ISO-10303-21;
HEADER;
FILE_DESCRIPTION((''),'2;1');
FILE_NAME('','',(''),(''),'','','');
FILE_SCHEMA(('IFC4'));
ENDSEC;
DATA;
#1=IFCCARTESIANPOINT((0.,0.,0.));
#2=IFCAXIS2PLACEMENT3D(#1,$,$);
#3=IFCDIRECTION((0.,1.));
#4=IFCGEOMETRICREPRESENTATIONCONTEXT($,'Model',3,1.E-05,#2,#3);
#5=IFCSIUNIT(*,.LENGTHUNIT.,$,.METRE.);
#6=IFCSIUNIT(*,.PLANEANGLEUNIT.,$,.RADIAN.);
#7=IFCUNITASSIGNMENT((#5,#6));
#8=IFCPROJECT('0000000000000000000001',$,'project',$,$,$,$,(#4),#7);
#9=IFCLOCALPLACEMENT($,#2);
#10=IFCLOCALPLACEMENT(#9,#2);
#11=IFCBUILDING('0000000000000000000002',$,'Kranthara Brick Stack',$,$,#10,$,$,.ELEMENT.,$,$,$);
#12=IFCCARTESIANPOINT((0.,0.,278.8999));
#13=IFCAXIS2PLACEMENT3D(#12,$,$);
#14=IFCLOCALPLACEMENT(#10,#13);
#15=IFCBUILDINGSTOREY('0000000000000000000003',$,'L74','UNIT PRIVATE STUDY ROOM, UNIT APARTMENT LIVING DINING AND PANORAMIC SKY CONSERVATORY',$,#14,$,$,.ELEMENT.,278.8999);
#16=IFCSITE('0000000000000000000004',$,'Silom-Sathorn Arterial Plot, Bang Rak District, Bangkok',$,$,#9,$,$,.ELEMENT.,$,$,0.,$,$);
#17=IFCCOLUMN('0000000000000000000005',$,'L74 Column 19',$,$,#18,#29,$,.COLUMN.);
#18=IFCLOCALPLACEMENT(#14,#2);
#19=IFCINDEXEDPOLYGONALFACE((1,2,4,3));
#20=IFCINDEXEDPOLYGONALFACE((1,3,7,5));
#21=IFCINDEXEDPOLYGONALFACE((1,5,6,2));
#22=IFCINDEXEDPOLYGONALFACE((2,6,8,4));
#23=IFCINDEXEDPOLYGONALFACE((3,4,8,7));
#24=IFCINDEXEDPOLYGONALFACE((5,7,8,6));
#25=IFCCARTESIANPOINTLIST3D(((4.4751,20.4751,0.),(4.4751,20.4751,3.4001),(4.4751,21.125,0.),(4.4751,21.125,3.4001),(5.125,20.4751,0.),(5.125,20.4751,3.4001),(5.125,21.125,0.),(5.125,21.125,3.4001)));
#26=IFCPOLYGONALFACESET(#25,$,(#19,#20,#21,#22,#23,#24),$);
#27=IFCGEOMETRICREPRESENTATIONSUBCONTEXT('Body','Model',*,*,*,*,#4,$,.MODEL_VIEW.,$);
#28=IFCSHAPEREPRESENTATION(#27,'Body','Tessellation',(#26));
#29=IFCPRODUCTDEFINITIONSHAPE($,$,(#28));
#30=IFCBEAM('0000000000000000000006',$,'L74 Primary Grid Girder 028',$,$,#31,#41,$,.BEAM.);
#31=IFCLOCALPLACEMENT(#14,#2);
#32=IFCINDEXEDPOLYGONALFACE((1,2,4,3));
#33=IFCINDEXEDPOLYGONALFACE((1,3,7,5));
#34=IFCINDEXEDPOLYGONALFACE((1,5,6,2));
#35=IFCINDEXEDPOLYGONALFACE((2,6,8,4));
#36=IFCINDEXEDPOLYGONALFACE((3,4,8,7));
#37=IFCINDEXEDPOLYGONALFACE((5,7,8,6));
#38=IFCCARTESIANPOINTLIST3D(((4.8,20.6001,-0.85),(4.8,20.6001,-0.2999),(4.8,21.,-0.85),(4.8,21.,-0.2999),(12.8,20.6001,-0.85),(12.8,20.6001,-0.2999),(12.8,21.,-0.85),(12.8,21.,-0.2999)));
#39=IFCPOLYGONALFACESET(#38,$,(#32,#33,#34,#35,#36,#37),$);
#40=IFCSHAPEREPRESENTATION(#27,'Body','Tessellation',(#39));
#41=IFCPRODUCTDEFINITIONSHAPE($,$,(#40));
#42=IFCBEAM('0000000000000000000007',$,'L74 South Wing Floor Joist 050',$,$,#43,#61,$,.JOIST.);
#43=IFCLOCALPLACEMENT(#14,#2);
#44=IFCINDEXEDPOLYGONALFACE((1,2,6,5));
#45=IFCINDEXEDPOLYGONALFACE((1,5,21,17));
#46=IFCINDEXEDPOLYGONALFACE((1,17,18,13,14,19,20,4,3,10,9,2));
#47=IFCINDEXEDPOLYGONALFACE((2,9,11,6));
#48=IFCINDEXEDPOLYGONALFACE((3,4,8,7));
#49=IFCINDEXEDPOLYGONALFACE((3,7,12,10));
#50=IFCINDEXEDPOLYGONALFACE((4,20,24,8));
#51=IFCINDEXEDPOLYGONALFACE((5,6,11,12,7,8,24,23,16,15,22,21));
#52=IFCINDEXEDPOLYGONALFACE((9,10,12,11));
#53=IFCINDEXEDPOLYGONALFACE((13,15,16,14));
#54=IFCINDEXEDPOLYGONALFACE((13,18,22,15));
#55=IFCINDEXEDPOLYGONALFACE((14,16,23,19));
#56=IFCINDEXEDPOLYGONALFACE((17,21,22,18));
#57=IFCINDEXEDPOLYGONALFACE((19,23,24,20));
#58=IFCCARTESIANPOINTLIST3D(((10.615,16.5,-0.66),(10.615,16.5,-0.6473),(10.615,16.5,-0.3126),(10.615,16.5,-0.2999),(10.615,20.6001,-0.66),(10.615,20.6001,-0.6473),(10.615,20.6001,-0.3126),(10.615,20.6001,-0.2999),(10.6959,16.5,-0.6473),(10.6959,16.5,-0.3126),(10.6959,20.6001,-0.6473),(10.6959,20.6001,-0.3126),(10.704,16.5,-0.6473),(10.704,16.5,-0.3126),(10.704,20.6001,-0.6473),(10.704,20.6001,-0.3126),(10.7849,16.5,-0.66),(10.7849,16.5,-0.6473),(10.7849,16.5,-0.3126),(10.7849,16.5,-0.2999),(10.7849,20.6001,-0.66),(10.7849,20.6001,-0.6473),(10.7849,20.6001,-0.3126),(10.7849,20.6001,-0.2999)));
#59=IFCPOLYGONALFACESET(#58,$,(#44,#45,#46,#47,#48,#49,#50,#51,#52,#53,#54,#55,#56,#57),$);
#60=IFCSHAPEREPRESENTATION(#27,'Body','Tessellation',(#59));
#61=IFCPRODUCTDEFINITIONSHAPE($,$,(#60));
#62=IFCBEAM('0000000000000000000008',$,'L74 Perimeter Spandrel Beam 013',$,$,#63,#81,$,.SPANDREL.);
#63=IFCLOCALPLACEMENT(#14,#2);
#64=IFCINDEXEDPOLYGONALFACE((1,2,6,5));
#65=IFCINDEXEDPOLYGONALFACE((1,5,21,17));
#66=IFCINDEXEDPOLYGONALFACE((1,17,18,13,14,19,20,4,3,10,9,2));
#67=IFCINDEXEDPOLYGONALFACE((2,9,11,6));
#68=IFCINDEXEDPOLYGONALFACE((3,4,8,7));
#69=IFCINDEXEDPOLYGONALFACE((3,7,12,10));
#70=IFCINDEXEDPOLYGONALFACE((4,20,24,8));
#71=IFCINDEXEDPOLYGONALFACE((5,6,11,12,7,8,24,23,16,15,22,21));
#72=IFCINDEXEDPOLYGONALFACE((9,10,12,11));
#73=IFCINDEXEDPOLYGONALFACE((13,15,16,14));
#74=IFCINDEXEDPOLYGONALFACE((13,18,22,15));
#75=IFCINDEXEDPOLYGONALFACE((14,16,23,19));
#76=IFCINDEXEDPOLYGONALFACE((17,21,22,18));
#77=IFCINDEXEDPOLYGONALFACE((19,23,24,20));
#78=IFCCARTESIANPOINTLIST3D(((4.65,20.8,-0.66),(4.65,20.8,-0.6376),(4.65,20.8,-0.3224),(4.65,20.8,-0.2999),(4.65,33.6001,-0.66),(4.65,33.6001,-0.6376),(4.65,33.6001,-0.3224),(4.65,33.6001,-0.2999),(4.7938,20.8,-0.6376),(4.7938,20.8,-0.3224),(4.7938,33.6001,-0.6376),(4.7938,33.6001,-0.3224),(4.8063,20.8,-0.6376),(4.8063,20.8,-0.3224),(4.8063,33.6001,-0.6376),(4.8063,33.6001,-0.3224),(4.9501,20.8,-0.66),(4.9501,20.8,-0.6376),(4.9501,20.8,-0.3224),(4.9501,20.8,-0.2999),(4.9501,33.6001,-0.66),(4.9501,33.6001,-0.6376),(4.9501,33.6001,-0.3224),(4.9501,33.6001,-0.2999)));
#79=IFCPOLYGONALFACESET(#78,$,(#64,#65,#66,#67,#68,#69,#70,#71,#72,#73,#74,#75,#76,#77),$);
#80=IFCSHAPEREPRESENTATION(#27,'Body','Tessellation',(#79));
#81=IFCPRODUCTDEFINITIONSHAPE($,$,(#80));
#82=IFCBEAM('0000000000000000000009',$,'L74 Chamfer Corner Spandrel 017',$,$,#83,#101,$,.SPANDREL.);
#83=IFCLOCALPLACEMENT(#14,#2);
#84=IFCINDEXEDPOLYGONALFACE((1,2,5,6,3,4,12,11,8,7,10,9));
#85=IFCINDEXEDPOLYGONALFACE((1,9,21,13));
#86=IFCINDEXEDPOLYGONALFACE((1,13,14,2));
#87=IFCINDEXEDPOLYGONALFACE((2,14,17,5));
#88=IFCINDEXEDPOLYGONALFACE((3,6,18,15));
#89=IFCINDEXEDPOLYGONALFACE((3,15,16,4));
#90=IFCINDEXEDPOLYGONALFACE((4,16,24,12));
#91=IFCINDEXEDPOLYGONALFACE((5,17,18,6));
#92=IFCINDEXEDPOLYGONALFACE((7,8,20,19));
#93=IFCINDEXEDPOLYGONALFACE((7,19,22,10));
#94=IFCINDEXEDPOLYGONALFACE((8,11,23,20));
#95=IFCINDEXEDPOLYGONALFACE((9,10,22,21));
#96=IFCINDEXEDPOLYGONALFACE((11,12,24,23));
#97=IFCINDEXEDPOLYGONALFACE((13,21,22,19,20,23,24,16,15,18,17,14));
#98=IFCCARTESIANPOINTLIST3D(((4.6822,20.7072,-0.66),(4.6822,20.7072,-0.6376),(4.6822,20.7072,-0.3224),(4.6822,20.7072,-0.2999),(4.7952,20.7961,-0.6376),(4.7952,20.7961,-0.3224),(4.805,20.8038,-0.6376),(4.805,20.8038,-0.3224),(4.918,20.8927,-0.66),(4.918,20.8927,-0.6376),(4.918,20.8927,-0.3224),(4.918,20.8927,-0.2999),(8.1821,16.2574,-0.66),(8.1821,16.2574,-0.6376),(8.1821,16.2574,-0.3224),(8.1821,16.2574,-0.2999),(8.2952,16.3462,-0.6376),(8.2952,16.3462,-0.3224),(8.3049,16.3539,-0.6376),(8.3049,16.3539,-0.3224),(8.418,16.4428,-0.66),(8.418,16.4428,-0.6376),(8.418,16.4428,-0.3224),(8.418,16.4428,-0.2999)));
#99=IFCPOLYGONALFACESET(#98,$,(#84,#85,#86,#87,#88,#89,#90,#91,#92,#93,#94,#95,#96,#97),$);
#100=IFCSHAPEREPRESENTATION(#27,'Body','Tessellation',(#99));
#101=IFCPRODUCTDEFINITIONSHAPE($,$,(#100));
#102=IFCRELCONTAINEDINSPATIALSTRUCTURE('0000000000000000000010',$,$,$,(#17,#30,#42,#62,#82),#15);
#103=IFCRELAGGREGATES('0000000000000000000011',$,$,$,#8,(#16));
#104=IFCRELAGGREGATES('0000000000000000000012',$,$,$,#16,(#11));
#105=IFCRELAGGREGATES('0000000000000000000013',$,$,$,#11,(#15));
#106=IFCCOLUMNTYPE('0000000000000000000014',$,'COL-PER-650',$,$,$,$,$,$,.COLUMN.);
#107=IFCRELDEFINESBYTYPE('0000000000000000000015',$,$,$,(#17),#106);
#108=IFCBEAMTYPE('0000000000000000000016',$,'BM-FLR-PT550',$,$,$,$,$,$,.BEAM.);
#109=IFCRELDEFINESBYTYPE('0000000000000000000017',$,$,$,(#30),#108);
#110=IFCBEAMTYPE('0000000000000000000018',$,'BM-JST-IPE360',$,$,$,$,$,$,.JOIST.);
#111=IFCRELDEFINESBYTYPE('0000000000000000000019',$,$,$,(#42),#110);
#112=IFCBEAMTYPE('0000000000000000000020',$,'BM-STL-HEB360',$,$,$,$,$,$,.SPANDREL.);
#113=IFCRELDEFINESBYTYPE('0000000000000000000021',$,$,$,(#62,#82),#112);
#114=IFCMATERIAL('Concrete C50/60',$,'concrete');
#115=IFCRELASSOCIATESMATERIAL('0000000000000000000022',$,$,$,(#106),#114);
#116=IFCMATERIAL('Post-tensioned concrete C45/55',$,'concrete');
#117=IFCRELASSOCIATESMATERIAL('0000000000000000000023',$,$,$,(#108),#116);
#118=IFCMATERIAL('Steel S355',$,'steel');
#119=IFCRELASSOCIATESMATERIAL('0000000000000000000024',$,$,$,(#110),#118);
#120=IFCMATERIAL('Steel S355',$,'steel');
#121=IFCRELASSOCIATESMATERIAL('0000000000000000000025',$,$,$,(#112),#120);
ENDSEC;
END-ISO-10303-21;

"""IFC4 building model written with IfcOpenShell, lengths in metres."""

from ifc_helpers import new_model, si_unit, direction, frame, origin, origin_2d, place, context, subcontext, project, spatial, rectangle, i_section, extrude, material, material_profile, profile_set, type_object, element, save


model = new_model("IFC4")

# Units and contexts
model_context = context("Model", 3, precision=1e-05, world=origin(), true_north=direction((0.0, 1.0)))
body_context = subcontext(model_context, "Body", "Model", "MODEL_VIEW")
ifc_project = project(units=[si_unit("LENGTHUNIT", "METRE"), si_unit("PLANEANGLEUNIT", "RADIAN")], contexts=[model_context])

# Site, building, storey
site_placement = place(None, origin())
site = spatial("IfcSite", under=ifc_project, at=site_placement, Name="Silom-Sathorn Arterial Plot, Bang Rak District, Bangkok", CompositionType="ELEMENT", RefElevation=0.0)
building_placement = place(site_placement, origin())
building = spatial("IfcBuilding", under=site, at=building_placement, Name="Kranthara Brick Stack", CompositionType="ELEMENT")
storey_placement = place(building_placement, frame((0.0, 0.0, 278.8999)))
storey = spatial("IfcBuildingStorey", under=building, at=storey_placement, Name="L74", Description="UNIT PRIVATE STUDY ROOM, UNIT APARTMENT LIVING DINING AND PANORAMIC SKY CONSERVATORY", CompositionType="ELEMENT", Elevation=278.8999)

# Column
ifc_material_1 = material(Name="Concrete C50/60", Category="concrete")
ifc_material_profile_1 = material_profile(ifc_material_1, rectangle(XDim=0.6499, YDim=0.6499, at=origin_2d()), Name="RC 650x650")
ifc_profile_set_1 = profile_set([ifc_material_profile_1], Name="Concrete C50/60")
column_type = type_object("IfcColumnType", Name="COL-PER-650", PredefinedType="COLUMN", material=ifc_profile_set_1)
column_placement = place(storey_placement, frame((4.8, 20.8, 0.0), z_axis=(0.0, 0.0, 1.0), x_axis=(1.0, 0.0, 0.0)))
element("IfcColumn", 1, at=column_placement, inside=storey, type_object=column_type, Name="L74 Column 19", PredefinedType="COLUMN", context=body_context, shape_type="SweptSolid", body=[
    extrude(rectangle(XDim=0.6499, YDim=0.6499, at=origin_2d()), origin(), (0.0, 0.0, 1.0), 3.4001),
])

# Beams
ifc_material_2 = material(Name="Post-tensioned concrete C45/55", Category="concrete")
ifc_material_profile_2 = material_profile(ifc_material_2, rectangle(XDim=0.3999, YDim=0.55, at=origin_2d()), Name="PT 400x550")
ifc_profile_set_2 = profile_set([ifc_material_profile_2], Name="Post-tensioned concrete C45/55")
beam_type_1 = type_object("IfcBeamType", Name="BM-FLR-PT550", PredefinedType="BEAM", material=ifc_profile_set_2)
beam_1_placement = place(storey_placement, frame((4.8, 20.8, -0.575), z_axis=(1.0, 0.0, 0.0), x_axis=(0.0, 1.0, 0.0)))
element("IfcBeam", 2, at=beam_1_placement, inside=storey, type_object=beam_type_1, Name="L74 Primary Grid Girder 028", PredefinedType="BEAM", context=body_context, shape_type="SweptSolid", body=[
    extrude(rectangle(XDim=0.3999, YDim=0.55, at=origin_2d()), origin(), (0.0, 0.0, 1.0), 8.0),
])
ifc_material_3 = material(Name="Steel S355", Category="steel")
ifc_material_profile_3 = material_profile(ifc_material_3, i_section(OverallWidth=0.1699, OverallDepth=0.3601, WebThickness=0.0081, FlangeThickness=0.0127, at=origin_2d()), Name="IPE 360")
ifc_profile_set_3 = profile_set([ifc_material_profile_3], Name="Steel S355")
beam_type_2 = type_object("IfcBeamType", Name="BM-JST-IPE360", PredefinedType="JOIST", material=ifc_profile_set_3)
beam_2_placement = place(storey_placement, frame((10.7, 16.5, -0.48), z_axis=(0.0, 1.0, 0.0), x_axis=(-1.0, 0.0, 0.0)))
element("IfcBeam", 3, at=beam_2_placement, inside=storey, type_object=beam_type_2, Name="L74 South Wing Floor Joist 050", PredefinedType="JOIST", context=body_context, shape_type="SweptSolid", body=[
    extrude(i_section(OverallWidth=0.1699, OverallDepth=0.3601, WebThickness=0.0081, FlangeThickness=0.0127, at=origin_2d()), origin(), (0.0, 0.0, 1.0), 4.1001),
])
ifc_material_4 = material(Name="Steel S355", Category="steel")
ifc_material_profile_4 = material_profile(ifc_material_4, i_section(OverallWidth=0.3, OverallDepth=0.3601, WebThickness=0.0125, FlangeThickness=0.0225, at=origin_2d()), Name="HEB 360")
ifc_profile_set_4 = profile_set([ifc_material_profile_4], Name="Steel S355")
beam_type_3 = type_object("IfcBeamType", Name="BM-STL-HEB360", PredefinedType="SPANDREL", material=ifc_profile_set_4)
beam_3_placement = place(storey_placement, frame((4.8, 20.8, -0.48), z_axis=(0.0, 1.0, 0.0), x_axis=(-1.0, 0.0, 0.0)))
element("IfcBeam", 4, at=beam_3_placement, inside=storey, type_object=beam_type_3, Name="L74 Perimeter Spandrel Beam 013", PredefinedType="SPANDREL", context=body_context, shape_type="SweptSolid", body=[
    extrude(i_section(OverallWidth=0.3, OverallDepth=0.3601, WebThickness=0.0125, FlangeThickness=0.0225, at=origin_2d()), origin(), (0.0, 0.0, 1.0), 12.8),
])
beam_4_placement = place(storey_placement, frame((8.3, 16.3501, -0.48), z_axis=(-0.618216, 0.786008, 0.0), x_axis=(-0.786008, -0.618216, 0.0)))
element("IfcBeam", 5, at=beam_4_placement, inside=storey, type_object=beam_type_3, Name="L74 Chamfer Corner Spandrel 017", PredefinedType="SPANDREL", context=body_context, shape_type="SweptSolid", body=[
    extrude(i_section(OverallWidth=0.3, OverallDepth=0.3601, WebThickness=0.0125, FlangeThickness=0.0225, at=origin_2d()), origin(), (0.0, 0.0, 1.0), 5.6614),
])

save(model, "model.ifc")
